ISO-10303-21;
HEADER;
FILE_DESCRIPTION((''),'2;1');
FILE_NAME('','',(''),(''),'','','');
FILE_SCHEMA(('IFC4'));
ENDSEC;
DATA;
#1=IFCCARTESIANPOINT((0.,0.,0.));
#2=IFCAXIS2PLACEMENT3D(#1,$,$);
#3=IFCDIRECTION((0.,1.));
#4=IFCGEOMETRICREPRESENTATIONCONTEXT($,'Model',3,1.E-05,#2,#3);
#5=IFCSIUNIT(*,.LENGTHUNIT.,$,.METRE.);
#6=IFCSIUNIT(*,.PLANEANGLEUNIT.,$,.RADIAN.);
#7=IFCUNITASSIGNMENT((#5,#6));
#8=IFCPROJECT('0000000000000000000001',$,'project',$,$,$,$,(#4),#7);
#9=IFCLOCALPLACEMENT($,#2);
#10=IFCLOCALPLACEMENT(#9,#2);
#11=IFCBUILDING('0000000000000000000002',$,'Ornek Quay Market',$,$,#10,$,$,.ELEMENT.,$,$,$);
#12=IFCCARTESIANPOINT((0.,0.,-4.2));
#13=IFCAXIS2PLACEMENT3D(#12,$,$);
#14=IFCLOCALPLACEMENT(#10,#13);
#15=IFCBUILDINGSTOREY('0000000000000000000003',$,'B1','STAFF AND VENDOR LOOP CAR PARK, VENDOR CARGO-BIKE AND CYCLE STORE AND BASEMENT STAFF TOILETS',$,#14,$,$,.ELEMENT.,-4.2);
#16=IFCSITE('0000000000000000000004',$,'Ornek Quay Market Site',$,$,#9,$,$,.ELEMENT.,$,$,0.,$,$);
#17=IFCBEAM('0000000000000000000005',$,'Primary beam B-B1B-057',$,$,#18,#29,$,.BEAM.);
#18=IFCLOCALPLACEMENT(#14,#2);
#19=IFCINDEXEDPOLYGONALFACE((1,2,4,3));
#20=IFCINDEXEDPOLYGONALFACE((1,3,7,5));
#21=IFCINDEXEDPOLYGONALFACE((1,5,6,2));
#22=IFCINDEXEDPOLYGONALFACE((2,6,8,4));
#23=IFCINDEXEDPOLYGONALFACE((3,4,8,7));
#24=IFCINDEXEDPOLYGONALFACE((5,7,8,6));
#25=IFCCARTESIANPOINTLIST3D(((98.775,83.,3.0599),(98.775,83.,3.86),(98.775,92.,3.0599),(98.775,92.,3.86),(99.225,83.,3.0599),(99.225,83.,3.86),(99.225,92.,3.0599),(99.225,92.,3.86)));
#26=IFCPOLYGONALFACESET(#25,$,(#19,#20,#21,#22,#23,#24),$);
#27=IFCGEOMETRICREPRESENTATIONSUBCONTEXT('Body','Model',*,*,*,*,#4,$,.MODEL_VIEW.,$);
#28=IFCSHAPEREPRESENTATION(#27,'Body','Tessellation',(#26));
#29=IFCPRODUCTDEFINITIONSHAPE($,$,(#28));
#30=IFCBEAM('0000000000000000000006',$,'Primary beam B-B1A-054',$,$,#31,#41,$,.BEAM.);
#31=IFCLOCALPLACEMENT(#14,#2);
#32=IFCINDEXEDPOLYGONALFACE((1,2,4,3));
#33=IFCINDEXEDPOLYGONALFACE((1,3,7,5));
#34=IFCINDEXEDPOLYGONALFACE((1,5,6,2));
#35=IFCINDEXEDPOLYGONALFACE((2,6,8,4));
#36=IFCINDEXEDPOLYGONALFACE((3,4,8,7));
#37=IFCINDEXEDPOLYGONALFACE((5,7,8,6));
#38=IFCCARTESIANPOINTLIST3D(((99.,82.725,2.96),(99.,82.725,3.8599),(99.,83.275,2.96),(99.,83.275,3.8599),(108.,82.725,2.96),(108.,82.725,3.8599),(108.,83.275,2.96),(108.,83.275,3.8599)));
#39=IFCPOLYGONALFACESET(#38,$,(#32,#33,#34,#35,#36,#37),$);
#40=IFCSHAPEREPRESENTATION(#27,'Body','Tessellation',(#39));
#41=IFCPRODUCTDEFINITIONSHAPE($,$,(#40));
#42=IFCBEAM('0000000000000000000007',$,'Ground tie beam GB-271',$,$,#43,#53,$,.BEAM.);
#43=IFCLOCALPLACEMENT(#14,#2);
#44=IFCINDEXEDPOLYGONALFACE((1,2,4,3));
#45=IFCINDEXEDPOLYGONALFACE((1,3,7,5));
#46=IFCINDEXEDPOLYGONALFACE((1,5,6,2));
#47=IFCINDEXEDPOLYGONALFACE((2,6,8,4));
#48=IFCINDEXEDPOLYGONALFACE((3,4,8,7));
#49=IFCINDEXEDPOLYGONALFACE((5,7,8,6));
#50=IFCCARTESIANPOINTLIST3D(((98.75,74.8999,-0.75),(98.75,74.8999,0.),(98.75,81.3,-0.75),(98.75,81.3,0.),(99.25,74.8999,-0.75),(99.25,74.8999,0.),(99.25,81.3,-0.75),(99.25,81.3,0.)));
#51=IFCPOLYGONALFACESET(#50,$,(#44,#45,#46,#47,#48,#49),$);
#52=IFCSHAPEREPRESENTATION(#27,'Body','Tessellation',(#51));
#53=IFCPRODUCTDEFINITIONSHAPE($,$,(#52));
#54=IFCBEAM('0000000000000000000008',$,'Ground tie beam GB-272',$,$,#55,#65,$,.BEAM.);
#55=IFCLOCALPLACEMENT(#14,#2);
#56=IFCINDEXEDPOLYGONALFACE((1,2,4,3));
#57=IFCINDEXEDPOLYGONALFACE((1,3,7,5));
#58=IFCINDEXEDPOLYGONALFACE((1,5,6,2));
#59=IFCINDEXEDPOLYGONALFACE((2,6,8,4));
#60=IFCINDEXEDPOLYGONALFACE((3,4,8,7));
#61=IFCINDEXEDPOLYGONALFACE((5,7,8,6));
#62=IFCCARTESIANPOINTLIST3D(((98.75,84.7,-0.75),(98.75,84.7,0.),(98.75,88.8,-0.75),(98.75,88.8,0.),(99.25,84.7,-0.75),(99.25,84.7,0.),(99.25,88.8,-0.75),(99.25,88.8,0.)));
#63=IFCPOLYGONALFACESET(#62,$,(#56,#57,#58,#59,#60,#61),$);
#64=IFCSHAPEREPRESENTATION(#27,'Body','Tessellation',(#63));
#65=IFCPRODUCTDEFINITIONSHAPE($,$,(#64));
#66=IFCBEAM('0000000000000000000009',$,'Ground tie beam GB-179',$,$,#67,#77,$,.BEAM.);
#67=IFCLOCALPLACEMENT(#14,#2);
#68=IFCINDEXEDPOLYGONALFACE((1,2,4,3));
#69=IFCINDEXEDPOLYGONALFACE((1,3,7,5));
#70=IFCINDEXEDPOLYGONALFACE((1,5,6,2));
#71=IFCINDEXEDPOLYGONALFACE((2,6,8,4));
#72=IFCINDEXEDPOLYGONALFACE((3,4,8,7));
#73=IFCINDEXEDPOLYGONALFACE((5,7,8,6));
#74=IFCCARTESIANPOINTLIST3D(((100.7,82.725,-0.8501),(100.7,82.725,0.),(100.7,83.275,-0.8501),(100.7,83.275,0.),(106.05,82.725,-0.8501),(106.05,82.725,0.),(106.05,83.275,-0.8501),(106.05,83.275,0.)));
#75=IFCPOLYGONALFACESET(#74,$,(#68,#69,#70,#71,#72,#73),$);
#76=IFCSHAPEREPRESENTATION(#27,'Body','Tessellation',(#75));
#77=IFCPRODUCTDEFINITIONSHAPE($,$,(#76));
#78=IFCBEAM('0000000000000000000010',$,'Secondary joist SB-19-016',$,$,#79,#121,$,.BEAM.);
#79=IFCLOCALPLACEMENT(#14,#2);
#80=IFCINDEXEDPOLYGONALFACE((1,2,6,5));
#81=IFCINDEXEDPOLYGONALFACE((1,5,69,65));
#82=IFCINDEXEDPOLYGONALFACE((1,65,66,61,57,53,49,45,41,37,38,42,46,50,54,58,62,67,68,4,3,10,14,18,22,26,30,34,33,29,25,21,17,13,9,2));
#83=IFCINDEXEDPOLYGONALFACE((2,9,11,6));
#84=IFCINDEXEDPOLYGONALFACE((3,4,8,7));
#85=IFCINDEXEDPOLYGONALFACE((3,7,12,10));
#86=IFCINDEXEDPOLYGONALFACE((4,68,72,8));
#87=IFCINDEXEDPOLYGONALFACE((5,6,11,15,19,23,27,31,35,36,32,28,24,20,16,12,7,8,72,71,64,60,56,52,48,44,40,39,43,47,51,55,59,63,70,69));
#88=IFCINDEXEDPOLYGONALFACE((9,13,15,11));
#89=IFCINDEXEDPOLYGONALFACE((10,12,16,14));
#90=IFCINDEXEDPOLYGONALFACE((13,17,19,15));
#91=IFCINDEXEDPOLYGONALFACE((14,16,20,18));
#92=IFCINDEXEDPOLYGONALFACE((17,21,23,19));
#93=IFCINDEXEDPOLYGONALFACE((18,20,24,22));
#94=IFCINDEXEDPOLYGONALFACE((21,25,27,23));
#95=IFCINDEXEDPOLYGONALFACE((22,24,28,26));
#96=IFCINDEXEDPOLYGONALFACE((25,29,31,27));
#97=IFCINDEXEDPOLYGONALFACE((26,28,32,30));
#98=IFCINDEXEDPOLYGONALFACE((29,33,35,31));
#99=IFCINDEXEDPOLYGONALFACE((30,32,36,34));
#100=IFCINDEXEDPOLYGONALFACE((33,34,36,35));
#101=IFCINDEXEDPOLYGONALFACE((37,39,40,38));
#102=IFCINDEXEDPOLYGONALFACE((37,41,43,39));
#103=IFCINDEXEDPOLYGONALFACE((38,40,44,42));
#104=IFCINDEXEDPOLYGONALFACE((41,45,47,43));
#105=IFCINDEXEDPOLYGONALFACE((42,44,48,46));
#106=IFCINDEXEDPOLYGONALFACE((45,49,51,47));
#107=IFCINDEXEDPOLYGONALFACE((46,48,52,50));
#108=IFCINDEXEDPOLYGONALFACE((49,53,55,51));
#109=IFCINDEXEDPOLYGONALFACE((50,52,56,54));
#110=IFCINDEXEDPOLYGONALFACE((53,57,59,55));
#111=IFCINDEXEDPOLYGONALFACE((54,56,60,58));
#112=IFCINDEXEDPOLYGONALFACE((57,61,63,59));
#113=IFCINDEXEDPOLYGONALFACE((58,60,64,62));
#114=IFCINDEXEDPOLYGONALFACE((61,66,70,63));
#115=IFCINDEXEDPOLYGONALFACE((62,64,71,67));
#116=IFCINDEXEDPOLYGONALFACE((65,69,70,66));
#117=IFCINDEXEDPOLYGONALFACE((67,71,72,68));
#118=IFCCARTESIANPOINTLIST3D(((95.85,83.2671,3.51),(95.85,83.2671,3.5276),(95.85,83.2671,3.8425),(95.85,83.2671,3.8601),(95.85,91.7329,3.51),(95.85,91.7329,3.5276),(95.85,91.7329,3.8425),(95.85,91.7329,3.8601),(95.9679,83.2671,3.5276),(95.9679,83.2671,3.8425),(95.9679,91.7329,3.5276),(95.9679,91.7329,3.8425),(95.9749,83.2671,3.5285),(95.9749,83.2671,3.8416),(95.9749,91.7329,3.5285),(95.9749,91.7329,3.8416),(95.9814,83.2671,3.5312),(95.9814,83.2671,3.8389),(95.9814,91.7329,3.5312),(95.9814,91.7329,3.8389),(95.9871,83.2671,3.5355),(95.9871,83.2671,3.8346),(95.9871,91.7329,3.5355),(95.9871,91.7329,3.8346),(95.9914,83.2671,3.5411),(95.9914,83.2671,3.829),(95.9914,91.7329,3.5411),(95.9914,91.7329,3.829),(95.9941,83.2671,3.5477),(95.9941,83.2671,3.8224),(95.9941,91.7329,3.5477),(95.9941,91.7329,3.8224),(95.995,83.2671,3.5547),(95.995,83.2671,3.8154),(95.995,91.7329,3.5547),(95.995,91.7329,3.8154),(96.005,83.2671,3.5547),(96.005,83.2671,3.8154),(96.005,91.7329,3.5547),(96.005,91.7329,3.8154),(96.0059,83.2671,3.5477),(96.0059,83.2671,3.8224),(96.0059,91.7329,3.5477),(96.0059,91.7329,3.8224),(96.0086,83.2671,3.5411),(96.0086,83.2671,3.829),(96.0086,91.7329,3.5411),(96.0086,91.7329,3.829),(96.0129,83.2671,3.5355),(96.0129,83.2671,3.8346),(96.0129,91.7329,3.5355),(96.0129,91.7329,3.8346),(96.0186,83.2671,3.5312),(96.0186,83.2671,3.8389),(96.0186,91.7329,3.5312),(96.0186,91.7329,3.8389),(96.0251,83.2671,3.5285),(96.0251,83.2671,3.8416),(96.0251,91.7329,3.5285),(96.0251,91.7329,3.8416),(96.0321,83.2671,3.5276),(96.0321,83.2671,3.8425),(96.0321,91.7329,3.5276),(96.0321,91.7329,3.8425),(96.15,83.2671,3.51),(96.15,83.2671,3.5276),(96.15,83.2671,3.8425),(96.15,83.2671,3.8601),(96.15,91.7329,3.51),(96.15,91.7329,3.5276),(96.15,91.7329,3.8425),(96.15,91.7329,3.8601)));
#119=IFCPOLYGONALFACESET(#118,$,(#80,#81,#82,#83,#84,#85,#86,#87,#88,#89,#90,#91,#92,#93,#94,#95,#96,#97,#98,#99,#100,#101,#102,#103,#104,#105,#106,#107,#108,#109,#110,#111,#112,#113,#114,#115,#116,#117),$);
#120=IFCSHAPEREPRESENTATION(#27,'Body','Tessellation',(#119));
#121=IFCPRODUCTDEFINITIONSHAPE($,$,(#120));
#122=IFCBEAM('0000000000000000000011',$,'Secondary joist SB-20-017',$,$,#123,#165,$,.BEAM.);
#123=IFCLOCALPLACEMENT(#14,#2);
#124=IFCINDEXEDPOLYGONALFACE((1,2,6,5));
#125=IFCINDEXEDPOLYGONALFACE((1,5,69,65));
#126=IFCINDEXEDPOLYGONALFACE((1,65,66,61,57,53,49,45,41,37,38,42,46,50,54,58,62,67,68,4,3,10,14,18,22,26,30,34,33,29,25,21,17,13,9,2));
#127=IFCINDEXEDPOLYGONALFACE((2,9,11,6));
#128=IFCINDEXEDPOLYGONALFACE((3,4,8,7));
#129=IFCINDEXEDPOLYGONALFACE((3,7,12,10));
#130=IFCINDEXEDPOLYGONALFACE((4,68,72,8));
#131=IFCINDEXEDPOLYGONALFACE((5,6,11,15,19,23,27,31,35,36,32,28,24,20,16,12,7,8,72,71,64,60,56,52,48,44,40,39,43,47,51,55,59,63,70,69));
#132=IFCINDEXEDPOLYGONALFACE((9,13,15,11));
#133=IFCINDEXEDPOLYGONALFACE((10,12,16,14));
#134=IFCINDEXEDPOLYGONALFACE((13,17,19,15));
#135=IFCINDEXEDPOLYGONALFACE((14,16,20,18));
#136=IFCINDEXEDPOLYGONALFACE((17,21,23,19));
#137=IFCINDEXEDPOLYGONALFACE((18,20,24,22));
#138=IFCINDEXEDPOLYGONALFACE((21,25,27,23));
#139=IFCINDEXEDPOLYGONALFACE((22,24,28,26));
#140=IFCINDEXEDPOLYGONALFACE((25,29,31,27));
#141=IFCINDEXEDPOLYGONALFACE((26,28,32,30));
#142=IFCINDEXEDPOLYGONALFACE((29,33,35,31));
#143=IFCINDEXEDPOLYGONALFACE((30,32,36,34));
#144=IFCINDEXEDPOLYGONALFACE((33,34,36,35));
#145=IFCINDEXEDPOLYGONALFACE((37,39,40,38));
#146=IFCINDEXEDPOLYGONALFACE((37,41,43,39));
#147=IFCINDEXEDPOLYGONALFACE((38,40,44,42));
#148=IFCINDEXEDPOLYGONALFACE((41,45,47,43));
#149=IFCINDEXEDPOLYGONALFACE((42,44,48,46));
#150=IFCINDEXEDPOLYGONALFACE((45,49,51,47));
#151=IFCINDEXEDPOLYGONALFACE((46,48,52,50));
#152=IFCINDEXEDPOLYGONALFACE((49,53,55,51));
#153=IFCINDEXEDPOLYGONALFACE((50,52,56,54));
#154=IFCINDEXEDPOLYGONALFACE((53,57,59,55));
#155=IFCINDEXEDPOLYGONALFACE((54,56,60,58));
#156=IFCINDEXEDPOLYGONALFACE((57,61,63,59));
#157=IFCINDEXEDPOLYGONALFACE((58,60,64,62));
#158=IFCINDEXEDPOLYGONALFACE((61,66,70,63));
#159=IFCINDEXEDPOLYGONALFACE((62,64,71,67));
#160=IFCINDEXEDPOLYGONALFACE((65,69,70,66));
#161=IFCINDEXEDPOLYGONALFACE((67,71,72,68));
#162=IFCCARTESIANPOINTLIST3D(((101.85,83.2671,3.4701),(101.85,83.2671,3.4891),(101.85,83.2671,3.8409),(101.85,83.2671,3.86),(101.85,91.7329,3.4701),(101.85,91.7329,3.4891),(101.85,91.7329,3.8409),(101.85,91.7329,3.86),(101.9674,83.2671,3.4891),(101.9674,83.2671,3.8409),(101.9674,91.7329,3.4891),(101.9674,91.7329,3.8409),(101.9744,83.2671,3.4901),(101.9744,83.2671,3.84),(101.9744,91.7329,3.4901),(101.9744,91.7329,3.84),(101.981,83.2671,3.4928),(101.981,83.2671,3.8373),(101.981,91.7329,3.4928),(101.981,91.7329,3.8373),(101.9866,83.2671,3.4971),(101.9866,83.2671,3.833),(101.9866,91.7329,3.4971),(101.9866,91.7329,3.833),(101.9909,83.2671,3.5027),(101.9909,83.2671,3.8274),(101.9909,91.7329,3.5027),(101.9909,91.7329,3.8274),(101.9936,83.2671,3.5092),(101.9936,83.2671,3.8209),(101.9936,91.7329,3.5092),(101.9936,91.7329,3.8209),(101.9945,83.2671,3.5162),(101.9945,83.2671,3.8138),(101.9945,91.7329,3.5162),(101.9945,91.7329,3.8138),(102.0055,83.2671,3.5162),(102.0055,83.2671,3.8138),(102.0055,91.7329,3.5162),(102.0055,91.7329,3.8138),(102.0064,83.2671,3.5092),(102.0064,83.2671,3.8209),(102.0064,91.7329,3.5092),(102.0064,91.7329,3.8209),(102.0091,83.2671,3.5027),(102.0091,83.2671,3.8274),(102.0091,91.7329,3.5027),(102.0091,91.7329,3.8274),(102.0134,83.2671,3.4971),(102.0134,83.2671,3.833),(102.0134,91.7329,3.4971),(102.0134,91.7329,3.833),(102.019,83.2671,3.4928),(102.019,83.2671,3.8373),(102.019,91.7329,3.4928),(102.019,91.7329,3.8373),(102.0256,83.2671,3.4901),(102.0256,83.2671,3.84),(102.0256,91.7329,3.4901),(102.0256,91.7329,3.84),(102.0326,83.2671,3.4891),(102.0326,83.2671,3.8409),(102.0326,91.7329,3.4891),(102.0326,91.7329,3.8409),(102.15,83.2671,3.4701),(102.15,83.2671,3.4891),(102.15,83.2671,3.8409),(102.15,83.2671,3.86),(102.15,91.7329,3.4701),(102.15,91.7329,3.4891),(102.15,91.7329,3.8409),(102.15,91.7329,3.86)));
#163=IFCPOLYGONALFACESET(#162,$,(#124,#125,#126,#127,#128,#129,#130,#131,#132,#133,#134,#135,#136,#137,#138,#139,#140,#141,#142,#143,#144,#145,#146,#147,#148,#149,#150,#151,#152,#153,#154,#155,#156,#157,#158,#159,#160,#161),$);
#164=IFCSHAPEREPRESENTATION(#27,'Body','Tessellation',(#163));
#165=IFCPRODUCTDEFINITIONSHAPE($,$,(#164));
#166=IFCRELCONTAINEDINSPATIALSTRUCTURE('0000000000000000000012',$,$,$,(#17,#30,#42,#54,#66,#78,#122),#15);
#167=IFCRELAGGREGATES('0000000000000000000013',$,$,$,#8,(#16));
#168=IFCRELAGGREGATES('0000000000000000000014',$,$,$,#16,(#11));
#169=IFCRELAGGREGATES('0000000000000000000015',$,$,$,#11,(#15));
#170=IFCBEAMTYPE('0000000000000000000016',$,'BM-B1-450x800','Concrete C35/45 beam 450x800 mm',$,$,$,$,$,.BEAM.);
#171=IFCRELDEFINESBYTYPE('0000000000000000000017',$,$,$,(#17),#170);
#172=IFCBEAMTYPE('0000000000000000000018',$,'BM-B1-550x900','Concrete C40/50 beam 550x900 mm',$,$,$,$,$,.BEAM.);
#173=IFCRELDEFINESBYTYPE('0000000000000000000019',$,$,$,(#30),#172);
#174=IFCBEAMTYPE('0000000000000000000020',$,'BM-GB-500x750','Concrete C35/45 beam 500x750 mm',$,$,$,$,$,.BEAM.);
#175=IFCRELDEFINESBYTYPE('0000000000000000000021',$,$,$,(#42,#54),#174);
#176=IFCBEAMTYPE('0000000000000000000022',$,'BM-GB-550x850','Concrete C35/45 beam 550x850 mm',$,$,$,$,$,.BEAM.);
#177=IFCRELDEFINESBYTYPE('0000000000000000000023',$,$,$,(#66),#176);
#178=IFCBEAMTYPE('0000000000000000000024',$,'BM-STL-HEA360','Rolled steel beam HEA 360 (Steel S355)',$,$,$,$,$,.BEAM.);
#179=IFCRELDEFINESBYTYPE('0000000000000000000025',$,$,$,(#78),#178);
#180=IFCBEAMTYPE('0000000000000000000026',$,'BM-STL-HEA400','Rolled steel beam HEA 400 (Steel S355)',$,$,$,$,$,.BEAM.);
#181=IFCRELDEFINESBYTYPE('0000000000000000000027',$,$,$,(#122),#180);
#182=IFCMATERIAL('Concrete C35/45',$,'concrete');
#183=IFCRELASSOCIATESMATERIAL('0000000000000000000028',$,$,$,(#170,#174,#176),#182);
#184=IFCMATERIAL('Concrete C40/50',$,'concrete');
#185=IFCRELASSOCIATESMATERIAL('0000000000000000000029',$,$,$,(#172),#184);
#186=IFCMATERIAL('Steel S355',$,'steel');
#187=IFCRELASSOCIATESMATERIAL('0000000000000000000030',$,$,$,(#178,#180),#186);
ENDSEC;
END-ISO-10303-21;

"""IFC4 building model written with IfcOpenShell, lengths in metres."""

from ifc_helpers import new_model, si_unit, direction, frame, origin, origin_2d, place, context, subcontext, project, spatial, rectangle, i_section, extrude, material, material_profile, profile_set, type_object, element, save


model = new_model("IFC4")

# Units and contexts
model_context = context("Model", 3, precision=1e-05, world=origin(), true_north=direction((0.0, 1.0)))
body_context = subcontext(model_context, "Body", "Model", "MODEL_VIEW")
ifc_project = project(units=[si_unit("LENGTHUNIT", "METRE"), si_unit("PLANEANGLEUNIT", "RADIAN")], contexts=[model_context])

# Site, building, storey
site_placement = place(None, origin())
site = spatial("IfcSite", under=ifc_project, at=site_placement, Name="Ornek Quay Market Site", CompositionType="ELEMENT", RefElevation=0.0)
building_placement = place(site_placement, origin())
building = spatial("IfcBuilding", under=site, at=building_placement, Name="Ornek Quay Market", CompositionType="ELEMENT")
storey_placement = place(building_placement, frame((0.0, 0.0, -4.2)))
storey = spatial("IfcBuildingStorey", under=building, at=storey_placement, Name="B1", Description="STAFF AND VENDOR LOOP CAR PARK, VENDOR CARGO-BIKE AND CYCLE STORE AND BASEMENT STAFF TOILETS", CompositionType="ELEMENT", Elevation=-4.2)

# Shared definitions
ifc_material_1 = material(Name="Concrete C35/45", Category="concrete")

# Shared definitions
ifc_material_2 = material(Name="Concrete C40/50", Category="concrete")

# Beams
ifc_material_profile_1 = material_profile(ifc_material_1, rectangle(XDim=0.45, YDim=0.8, at=origin_2d()), Name="RC 450x800", Category="concrete")
ifc_profile_set_1 = profile_set([ifc_material_profile_1], Name="Concrete C35/45")
beam_type_1 = type_object("IfcBeamType", Name="BM-B1-450x800", Description="Concrete C35/45 beam 450x800 mm", PredefinedType="BEAM", material=ifc_profile_set_1)
beam_1_placement = place(storey_placement, frame((99.0, 83.0, 3.46), z_axis=(0.0, 1.0, 0.0), x_axis=(-1.0, 0.0, 0.0)))
element("IfcBeam", 1, at=beam_1_placement, inside=storey, type_object=beam_type_1, Name="Primary beam B-B1B-057", PredefinedType="BEAM", context=body_context, shape_type="SweptSolid", body=[
    extrude(rectangle(XDim=0.45, YDim=0.8, at=origin_2d()), origin(), (0.0, 0.0, 1.0), 9.0),
])
ifc_material_profile_2 = material_profile(ifc_material_2, rectangle(XDim=0.55, YDim=0.8999, at=origin_2d()), Name="RC 550x900", Category="concrete")
ifc_profile_set_2 = profile_set([ifc_material_profile_2], Name="Concrete C40/50")
beam_type_2 = type_object("IfcBeamType", Name="BM-B1-550x900", Description="Concrete C40/50 beam 550x900 mm", PredefinedType="BEAM", material=ifc_profile_set_2)
beam_2_placement = place(storey_placement, frame((99.0, 83.0, 3.4099), z_axis=(1.0, 0.0, 0.0), x_axis=(0.0, 1.0, 0.0)))
element("IfcBeam", 2, at=beam_2_placement, inside=storey, type_object=beam_type_2, Name="Primary beam B-B1A-054", PredefinedType="BEAM", context=body_context, shape_type="SweptSolid", body=[
    extrude(rectangle(XDim=0.55, YDim=0.8999, at=origin_2d()), origin(), (0.0, 0.0, 1.0), 9.0),
])
ifc_material_profile_3 = material_profile(ifc_material_1, rectangle(XDim=0.5, YDim=0.75, at=origin_2d()), Name="RC 500x750", Category="concrete")
ifc_profile_set_3 = profile_set([ifc_material_profile_3], Name="Concrete C35/45")
beam_type_3 = type_object("IfcBeamType", Name="BM-GB-500x750", Description="Concrete C35/45 beam 500x750 mm", PredefinedType="BEAM", material=ifc_profile_set_3)
beam_3_placement = place(storey_placement, frame((99.0, 74.8999, -0.375), z_axis=(0.0, 1.0, 0.0), x_axis=(-1.0, 0.0, 0.0)))
element("IfcBeam", 3, at=beam_3_placement, inside=storey, type_object=beam_type_3, Name="Ground tie beam GB-271", PredefinedType="BEAM", context=body_context, shape_type="SweptSolid", body=[
    extrude(rectangle(XDim=0.5, YDim=0.75, at=origin_2d()), origin(), (0.0, 0.0, 1.0), 6.4001),
])
beam_4_placement = place(storey_placement, frame((99.0, 84.7, -0.375), z_axis=(0.0, 1.0, 0.0), x_axis=(-1.0, 0.0, 0.0)))
element("IfcBeam", 4, at=beam_4_placement, inside=storey, type_object=beam_type_3, Name="Ground tie beam GB-272", PredefinedType="BEAM", context=body_context, shape_type="SweptSolid", body=[
    extrude(rectangle(XDim=0.5, YDim=0.75, at=origin_2d()), origin(), (0.0, 0.0, 1.0), 4.1001),
])
ifc_material_profile_4 = material_profile(ifc_material_1, rectangle(XDim=0.55, YDim=0.8501, at=origin_2d()), Name="RC 550x850", Category="concrete")
ifc_profile_set_4 = profile_set([ifc_material_profile_4], Name="Concrete C35/45")
beam_type_4 = type_object("IfcBeamType", Name="BM-GB-550x850", Description="Concrete C35/45 beam 550x850 mm", PredefinedType="BEAM", material=ifc_profile_set_4)
beam_5_placement = place(storey_placement, frame((100.7, 83.0, -0.425), z_axis=(1.0, 0.0, 0.0), x_axis=(0.0, 1.0, 0.0)))
element("IfcBeam", 5, at=beam_5_placement, inside=storey, type_object=beam_type_4, Name="Ground tie beam GB-179", PredefinedType="BEAM", context=body_context, shape_type="SweptSolid", body=[
    extrude(rectangle(XDim=0.55, YDim=0.8501, at=origin_2d()), origin(), (0.0, 0.0, 1.0), 5.3501),
])
ifc_material_3 = material(Name="Steel S355", Category="steel")
ifc_material_profile_5 = material_profile(ifc_material_3, i_section(OverallWidth=0.3, OverallDepth=0.3501, WebThickness=0.01, FlangeThickness=0.0176, FilletRadius=0.0271, at=origin_2d()), Name="HEA 360", Category="steel")
ifc_profile_set_5 = profile_set([ifc_material_profile_5], Name="Steel S355")
beam_type_5 = type_object("IfcBeamType", Name="BM-STL-HEA360", Description="Rolled steel beam HEA 360 (Steel S355)", PredefinedType="BEAM", material=ifc_profile_set_5)
beam_6_placement = place(storey_placement, frame((96.0, 83.2671, 3.6851), z_axis=(0.0, 1.0, 0.0), x_axis=(-1.0, 0.0, 0.0)))
element("IfcBeam", 6, at=beam_6_placement, inside=storey, type_object=beam_type_5, Name="Secondary joist SB-19-016", PredefinedType="BEAM", context=body_context, shape_type="SweptSolid", body=[
    extrude(i_section(OverallWidth=0.3, OverallDepth=0.3501, WebThickness=0.01, FlangeThickness=0.0176, FilletRadius=0.0271, at=origin_2d()), origin(), (0.0, 0.0, 1.0), 8.4658),
])
ifc_material_profile_6 = material_profile(ifc_material_3, i_section(OverallWidth=0.3, OverallDepth=0.3899, WebThickness=0.011, FlangeThickness=0.019, FilletRadius=0.0271, at=origin_2d()), Name="HEA 400", Category="steel")
ifc_profile_set_6 = profile_set([ifc_material_profile_6], Name="Steel S355")
beam_type_6 = type_object("IfcBeamType", Name="BM-STL-HEA400", Description="Rolled steel beam HEA 400 (Steel S355)", PredefinedType="BEAM", material=ifc_profile_set_6)
for number, where, z_axis, x_axis, name in (
    (7, (102.0, 83.2671, 3.665), (0.0, 1.0, 0.0), (-1.0, 0.0, 0.0), "Secondary joist SB-20-017"),
):
    element("IfcBeam", number, at=place(storey_placement, frame(where, z_axis=z_axis, x_axis=x_axis)), inside=storey, type_object=beam_type_6, Name=name, PredefinedType="BEAM", context=body_context, shape_type="SweptSolid", body=[
        extrude(i_section(OverallWidth=0.3, OverallDepth=0.3899, WebThickness=0.011, FlangeThickness=0.019, FilletRadius=0.0271, at=origin_2d()), origin(), (0.0, 0.0, 1.0), 8.4658),
    ])

save(model, "model.ifc")
